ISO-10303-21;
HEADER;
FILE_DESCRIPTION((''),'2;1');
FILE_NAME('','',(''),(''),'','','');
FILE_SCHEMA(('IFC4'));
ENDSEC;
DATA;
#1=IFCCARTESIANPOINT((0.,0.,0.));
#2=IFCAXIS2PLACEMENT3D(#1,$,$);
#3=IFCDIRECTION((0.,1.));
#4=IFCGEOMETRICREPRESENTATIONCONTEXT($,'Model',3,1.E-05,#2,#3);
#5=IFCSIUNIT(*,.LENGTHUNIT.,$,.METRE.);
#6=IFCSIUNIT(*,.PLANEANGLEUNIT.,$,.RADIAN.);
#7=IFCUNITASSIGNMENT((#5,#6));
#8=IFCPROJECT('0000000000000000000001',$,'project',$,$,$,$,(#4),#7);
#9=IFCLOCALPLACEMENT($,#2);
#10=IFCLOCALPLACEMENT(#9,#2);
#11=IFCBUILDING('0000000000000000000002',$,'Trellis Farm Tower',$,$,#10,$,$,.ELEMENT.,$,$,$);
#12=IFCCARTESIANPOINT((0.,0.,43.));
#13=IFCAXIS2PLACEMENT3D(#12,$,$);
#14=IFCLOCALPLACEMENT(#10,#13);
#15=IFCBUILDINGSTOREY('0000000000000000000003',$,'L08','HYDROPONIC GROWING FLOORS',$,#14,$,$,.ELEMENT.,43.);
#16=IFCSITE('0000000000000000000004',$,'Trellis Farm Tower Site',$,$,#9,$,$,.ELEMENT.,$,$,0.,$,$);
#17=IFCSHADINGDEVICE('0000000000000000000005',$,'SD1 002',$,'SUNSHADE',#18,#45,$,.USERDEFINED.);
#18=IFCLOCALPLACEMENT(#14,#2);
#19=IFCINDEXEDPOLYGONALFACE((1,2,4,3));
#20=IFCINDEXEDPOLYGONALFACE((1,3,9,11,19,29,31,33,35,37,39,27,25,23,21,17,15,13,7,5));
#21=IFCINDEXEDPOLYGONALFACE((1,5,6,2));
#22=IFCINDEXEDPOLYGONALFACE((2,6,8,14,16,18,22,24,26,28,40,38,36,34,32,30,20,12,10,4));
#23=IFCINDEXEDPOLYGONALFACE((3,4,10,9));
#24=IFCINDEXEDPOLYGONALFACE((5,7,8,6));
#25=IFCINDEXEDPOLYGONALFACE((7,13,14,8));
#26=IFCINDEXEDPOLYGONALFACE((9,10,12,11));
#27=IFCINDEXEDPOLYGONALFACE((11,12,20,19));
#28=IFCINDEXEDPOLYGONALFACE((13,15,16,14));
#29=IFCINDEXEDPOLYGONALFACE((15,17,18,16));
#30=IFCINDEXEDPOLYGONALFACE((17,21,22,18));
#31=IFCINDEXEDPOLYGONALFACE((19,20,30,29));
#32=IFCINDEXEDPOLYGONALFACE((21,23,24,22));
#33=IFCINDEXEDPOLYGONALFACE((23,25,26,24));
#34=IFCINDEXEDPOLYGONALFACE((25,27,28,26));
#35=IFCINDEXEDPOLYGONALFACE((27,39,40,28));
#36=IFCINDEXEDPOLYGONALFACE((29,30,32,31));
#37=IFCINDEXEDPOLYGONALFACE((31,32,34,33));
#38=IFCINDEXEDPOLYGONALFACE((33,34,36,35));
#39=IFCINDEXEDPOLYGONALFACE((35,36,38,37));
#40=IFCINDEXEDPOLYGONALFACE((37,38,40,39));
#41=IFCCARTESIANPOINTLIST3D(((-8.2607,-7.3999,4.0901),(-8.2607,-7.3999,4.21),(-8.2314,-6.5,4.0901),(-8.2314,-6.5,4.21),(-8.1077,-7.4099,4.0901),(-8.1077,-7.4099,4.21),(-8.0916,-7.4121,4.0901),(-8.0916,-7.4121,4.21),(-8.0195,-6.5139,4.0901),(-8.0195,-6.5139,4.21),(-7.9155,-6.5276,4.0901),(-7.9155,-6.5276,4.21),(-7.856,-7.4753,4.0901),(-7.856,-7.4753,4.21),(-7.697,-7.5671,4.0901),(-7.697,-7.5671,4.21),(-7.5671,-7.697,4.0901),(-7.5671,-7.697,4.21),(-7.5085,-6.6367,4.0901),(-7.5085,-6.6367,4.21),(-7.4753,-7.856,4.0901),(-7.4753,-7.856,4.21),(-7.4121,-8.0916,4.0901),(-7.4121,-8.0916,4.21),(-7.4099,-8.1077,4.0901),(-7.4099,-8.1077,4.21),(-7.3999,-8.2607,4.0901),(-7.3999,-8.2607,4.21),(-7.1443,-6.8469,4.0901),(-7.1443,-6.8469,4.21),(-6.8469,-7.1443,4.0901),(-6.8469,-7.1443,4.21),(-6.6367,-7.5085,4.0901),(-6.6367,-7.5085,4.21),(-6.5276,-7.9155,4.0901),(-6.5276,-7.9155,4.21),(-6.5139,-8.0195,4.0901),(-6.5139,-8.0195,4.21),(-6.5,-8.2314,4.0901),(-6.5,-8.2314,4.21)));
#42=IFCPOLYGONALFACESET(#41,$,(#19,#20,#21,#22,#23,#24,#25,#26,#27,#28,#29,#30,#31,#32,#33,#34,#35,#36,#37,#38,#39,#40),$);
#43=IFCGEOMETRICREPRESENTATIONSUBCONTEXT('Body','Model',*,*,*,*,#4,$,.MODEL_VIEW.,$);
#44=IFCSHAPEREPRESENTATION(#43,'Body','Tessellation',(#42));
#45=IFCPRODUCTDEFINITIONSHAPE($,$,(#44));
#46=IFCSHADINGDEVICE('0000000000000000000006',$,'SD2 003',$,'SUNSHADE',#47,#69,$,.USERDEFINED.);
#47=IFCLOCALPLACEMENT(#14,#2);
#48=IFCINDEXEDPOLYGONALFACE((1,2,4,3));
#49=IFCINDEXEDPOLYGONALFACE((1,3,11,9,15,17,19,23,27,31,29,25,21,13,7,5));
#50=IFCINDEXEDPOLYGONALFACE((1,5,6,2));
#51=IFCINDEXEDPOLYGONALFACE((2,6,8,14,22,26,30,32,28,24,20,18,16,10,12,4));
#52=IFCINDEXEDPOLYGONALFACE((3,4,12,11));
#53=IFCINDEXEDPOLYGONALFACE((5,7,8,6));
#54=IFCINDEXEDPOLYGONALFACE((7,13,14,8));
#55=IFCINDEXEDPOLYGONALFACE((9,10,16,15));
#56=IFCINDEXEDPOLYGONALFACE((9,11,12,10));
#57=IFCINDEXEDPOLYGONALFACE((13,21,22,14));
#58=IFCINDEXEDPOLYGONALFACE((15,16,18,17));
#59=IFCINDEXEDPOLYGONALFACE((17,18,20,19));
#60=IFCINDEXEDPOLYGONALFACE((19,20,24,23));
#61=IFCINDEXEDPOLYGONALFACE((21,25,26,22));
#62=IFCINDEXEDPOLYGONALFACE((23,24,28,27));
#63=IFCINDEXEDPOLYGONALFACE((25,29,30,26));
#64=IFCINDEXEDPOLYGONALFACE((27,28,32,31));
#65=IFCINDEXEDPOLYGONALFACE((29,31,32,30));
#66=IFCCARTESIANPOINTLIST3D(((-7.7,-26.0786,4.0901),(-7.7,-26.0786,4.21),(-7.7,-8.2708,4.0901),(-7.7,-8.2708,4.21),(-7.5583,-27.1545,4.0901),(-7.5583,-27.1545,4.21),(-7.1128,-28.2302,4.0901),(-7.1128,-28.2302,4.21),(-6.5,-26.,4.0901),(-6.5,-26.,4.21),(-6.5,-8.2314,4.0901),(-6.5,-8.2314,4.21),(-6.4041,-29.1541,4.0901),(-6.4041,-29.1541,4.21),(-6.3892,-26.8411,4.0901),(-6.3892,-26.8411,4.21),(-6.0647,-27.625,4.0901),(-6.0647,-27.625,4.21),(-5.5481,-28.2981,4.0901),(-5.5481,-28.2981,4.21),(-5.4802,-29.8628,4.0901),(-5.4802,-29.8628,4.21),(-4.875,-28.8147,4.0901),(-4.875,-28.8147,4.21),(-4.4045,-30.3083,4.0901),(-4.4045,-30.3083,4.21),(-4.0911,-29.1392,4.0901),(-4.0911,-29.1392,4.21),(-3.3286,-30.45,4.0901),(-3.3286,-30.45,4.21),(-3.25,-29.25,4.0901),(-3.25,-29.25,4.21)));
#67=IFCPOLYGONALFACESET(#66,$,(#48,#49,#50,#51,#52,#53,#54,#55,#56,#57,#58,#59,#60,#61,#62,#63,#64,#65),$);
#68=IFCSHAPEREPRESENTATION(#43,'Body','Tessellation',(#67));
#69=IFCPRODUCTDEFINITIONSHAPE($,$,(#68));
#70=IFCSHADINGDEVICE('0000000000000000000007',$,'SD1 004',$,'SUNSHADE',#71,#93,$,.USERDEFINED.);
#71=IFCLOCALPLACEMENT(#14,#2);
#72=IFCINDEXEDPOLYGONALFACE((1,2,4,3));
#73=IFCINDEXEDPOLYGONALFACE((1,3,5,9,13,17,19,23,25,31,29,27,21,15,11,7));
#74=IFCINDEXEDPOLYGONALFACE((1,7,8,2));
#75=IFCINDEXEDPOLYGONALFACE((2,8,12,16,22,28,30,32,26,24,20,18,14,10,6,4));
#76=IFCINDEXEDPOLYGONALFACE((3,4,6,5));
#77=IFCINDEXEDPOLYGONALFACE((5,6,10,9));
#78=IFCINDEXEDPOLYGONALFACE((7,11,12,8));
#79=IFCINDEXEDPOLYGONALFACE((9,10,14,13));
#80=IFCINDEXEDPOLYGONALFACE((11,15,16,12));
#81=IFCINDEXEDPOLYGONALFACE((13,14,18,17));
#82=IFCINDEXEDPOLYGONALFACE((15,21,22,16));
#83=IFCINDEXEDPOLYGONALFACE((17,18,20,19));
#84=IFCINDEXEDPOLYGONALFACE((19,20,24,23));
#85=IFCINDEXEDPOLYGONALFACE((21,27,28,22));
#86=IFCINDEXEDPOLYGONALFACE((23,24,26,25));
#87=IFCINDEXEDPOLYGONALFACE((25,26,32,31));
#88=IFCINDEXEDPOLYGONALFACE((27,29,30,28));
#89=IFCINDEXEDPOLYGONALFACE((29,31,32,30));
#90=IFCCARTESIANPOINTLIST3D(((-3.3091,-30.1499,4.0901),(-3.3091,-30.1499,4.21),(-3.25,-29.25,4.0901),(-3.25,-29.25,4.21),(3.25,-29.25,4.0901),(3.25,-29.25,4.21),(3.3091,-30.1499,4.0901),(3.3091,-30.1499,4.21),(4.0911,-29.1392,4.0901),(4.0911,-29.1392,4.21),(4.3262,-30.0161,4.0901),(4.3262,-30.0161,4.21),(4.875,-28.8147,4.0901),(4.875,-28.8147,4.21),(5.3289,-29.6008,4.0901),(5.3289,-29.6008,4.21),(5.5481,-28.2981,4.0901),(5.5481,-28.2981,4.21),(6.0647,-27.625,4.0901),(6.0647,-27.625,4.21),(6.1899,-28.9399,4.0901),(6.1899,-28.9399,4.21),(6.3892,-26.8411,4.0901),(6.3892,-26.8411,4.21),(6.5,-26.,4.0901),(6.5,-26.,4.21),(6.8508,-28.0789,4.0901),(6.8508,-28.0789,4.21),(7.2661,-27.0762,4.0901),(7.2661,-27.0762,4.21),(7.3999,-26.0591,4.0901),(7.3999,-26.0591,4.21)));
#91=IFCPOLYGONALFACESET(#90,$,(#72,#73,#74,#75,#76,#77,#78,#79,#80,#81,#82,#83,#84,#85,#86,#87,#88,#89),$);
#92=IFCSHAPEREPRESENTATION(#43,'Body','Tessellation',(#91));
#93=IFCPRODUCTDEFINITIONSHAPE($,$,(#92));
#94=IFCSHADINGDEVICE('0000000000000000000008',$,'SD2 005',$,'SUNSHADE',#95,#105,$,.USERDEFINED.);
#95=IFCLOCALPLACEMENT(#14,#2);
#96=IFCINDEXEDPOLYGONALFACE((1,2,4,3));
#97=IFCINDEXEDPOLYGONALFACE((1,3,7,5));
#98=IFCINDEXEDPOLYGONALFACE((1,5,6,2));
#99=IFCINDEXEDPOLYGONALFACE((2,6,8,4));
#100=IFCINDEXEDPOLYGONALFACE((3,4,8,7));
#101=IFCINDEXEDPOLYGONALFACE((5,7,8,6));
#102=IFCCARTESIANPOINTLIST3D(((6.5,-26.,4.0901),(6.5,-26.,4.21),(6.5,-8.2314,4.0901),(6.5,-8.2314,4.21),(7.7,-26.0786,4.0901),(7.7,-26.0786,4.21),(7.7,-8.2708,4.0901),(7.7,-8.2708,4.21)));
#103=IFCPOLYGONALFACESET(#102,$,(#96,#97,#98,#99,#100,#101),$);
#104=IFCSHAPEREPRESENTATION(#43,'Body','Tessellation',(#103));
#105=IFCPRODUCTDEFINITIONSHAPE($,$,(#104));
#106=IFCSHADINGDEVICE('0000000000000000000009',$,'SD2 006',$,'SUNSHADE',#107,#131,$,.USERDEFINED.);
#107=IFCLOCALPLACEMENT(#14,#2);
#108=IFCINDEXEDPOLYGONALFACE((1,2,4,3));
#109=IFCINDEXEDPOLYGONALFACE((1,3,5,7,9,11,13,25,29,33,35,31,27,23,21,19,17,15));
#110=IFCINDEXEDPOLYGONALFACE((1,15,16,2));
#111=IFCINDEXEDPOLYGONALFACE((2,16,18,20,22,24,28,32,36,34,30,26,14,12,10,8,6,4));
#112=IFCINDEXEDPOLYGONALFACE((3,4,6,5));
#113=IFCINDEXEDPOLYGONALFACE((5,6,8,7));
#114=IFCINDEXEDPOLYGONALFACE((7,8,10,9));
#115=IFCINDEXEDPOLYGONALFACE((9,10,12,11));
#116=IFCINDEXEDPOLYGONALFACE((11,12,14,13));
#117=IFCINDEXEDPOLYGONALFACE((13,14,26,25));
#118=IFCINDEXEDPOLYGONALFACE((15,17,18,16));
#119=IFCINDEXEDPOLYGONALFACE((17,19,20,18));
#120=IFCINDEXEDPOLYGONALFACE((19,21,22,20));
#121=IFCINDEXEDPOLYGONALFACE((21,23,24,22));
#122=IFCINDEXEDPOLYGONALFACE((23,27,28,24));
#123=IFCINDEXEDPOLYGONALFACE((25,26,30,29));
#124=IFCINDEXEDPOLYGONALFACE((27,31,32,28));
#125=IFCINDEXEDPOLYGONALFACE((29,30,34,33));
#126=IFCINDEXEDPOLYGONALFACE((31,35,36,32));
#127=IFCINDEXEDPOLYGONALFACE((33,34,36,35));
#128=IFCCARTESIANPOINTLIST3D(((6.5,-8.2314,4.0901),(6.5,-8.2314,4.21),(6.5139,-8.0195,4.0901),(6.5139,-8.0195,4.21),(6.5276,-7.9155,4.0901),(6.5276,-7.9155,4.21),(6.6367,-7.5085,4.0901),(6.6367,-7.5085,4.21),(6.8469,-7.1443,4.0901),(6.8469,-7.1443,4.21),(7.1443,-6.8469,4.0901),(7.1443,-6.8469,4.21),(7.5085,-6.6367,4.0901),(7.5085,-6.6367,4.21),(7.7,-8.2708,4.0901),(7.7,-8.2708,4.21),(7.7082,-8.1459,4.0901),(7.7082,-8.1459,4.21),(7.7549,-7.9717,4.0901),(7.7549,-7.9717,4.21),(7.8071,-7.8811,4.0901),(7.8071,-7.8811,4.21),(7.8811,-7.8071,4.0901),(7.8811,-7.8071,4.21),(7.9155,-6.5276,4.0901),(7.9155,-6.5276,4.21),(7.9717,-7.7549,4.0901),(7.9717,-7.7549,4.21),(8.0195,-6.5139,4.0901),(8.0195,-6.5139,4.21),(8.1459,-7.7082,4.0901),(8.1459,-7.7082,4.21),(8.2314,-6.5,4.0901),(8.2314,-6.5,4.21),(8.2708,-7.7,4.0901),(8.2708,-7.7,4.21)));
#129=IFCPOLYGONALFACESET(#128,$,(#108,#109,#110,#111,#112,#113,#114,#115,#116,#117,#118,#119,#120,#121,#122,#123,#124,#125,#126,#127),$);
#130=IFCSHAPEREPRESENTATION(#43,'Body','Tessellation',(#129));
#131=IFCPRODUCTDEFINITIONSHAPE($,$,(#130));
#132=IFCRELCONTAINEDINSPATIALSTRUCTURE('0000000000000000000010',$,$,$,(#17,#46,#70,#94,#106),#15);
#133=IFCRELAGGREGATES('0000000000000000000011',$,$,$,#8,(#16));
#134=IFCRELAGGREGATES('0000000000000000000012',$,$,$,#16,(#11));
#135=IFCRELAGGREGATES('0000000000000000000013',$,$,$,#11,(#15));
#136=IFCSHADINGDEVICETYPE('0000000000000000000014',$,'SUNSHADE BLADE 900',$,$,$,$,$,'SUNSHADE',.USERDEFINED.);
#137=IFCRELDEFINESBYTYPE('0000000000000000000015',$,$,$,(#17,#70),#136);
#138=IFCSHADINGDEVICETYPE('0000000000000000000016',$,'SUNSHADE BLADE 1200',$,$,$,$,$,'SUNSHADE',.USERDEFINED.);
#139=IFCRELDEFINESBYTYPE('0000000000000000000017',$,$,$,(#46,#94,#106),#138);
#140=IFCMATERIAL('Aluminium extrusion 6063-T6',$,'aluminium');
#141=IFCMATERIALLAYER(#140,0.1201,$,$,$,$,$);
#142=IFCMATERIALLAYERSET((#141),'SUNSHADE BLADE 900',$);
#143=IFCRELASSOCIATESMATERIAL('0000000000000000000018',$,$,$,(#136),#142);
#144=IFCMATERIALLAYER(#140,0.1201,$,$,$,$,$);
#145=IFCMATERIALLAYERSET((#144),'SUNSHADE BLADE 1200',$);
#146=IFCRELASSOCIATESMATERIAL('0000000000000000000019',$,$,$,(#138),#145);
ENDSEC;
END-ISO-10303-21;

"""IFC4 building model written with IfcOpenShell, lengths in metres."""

from ifc_helpers import new_model, si_unit, direction, frame, origin, place, context, subcontext, project, spatial, polyline, outline, extrude, source, transform, mapped, material, layer, layer_set, type_object, element, save


model = new_model("IFC4")

# Units and contexts
model_context = context("Model", 3, precision=1e-05, world=origin(), true_north=direction((0.0, 1.0)))
body_context = subcontext(model_context, "Body", "Model", "MODEL_VIEW")
ifc_project = project(units=[si_unit("LENGTHUNIT", "METRE"), si_unit("PLANEANGLEUNIT", "RADIAN")], contexts=[model_context])

# Site, building, storey
site_placement = place(None, origin())
site = spatial("IfcSite", under=ifc_project, at=site_placement, Name="Trellis Farm Tower Site", CompositionType="ELEMENT", RefElevation=0.0)
building_placement = place(site_placement, origin())
building = spatial("IfcBuilding", under=site, at=building_placement, Name="Trellis Farm Tower", CompositionType="ELEMENT")
storey_placement = place(building_placement, frame((0.0, 0.0, 43.0)))
storey = spatial("IfcBuildingStorey", under=building, at=storey_placement, Name="L08", Description="HYDROPONIC GROWING FLOORS", CompositionType="ELEMENT", Elevation=43.0)

# Shared definitions
ifc_material_1 = material(Name="Aluminium extrusion 6063-T6", Category="aluminium")

# Shading devices
ifc_layer_1 = layer(ifc_material_1, 0.1201)
ifc_layer_set_1 = layer_set([ifc_layer_1], Name="SUNSHADE BLADE 900")
shading_device_type_1 = type_object("IfcShadingDeviceType", Name="SUNSHADE BLADE 900", ElementType="SUNSHADE", PredefinedType="USERDEFINED", material=ifc_layer_set_1)
placement_1 = place(storey_placement, frame((0.0, 0.0, 4.0901)))
shared_shape_1 = source(origin(), body_context, "Body", "SweptSolid", [
    extrude(outline(polyline([(-8.2607, -7.3999), (-8.1077, -7.4099), (-8.0916, -7.4121), (-7.856, -7.4753), (-7.697, -7.5671), (-7.5671, -7.697), (-7.4753, -7.856), (-7.4121, -8.0916), (-7.4099, -8.1077), (-7.3999, -8.2607), (-6.5, -8.2314), (-6.5139, -8.0195), (-6.5276, -7.9155), (-6.6367, -7.5085), (-6.8469, -7.1443), (-7.1443, -6.8469), (-7.5085, -6.6367), (-7.9155, -6.5276), (-8.0195, -6.5139), (-8.2314, -6.5), (-8.2607, -7.3999)])), origin(), (0.0, 0.0, 1.0), 0.1199),
])
element("IfcShadingDevice", 1, at=placement_1, inside=storey, type_object=shading_device_type_1, Name="SD1 002", ObjectType="SUNSHADE", PredefinedType="USERDEFINED", context=body_context, shape_type="MappedRepresentation", body=[
    mapped(shared_shape_1, transform((0.0, 0.0, 0.0))),
])
ifc_layer_2 = layer(ifc_material_1, 0.1201)
ifc_layer_set_2 = layer_set([ifc_layer_2], Name="SUNSHADE BLADE 1200")
shading_device_type_2 = type_object("IfcShadingDeviceType", Name="SUNSHADE BLADE 1200", ElementType="SUNSHADE", PredefinedType="USERDEFINED", material=ifc_layer_set_2)
shared_shape_2 = source(origin(), body_context, "Body", "SweptSolid", [
    extrude(outline(polyline([(-7.7, -8.2708), (-7.7, -26.0786), (-7.5583, -27.1545), (-7.1128, -28.2302), (-6.4041, -29.1541), (-5.4802, -29.8628), (-4.4045, -30.3083), (-3.3286, -30.45), (-3.25, -29.25), (-4.0911, -29.1392), (-4.875, -28.8147), (-5.5481, -28.2981), (-6.0647, -27.625), (-6.3892, -26.8411), (-6.5, -26.0), (-6.5, -8.2314), (-7.7, -8.2708)])), origin(), (0.0, 0.0, 1.0), 0.1199),
])
element("IfcShadingDevice", 2, at=placement_1, inside=storey, type_object=shading_device_type_2, Name="SD2 003", ObjectType="SUNSHADE", PredefinedType="USERDEFINED", context=body_context, shape_type="MappedRepresentation", body=[
    mapped(shared_shape_2, transform((0.0, 0.0, 0.0))),
])
shared_shape_3 = source(origin(), body_context, "Body", "SweptSolid", [
    extrude(outline(polyline([(-3.3091, -30.1499), (3.3091, -30.1499), (4.3262, -30.0161), (5.3289, -29.6008), (6.1899, -28.9399), (6.8508, -28.0789), (7.2661, -27.0762), (7.3999, -26.0591), (6.5, -26.0), (6.3892, -26.8411), (6.0647, -27.625), (5.5481, -28.2981), (4.875, -28.8147), (4.0911, -29.1392), (3.25, -29.25), (-3.25, -29.25), (-3.3091, -30.1499)])), origin(), (0.0, 0.0, 1.0), 0.1199),
])
element("IfcShadingDevice", 3, at=placement_1, inside=storey, type_object=shading_device_type_1, Name="SD1 004", ObjectType="SUNSHADE", PredefinedType="USERDEFINED", context=body_context, shape_type="MappedRepresentation", body=[
    mapped(shared_shape_3, transform((0.0, 0.0, 0.0))),
])
shared_shape_4 = source(origin(), body_context, "Body", "SweptSolid", [
    extrude(outline(polyline([(7.7, -26.0786), (7.7, -8.2708), (6.5, -8.2314), (6.5, -26.0), (7.7, -26.0786)])), origin(), (0.0, 0.0, 1.0), 0.1199),
])
element("IfcShadingDevice", 4, at=placement_1, inside=storey, type_object=shading_device_type_2, Name="SD2 005", ObjectType="SUNSHADE", PredefinedType="USERDEFINED", context=body_context, shape_type="MappedRepresentation", body=[
    mapped(shared_shape_4, transform((0.0, 0.0, 0.0))),
])
shared_shape_5 = source(origin(), body_context, "Body", "SweptSolid", [
    extrude(outline(polyline([(7.7, -8.2708), (7.7087, -8.1372), (7.707, -8.1501), (7.7549, -7.9717), (7.8071, -7.8811), (7.8811, -7.8071), (7.9717, -7.7549), (8.1501, -7.707), (8.1372, -7.7087), (8.2708, -7.7), (8.2314, -6.5), (8.0195, -6.5139), (7.9155, -6.5276), (7.5085, -6.6367), (7.1443, -6.8469), (6.8469, -7.1443), (6.6367, -7.5085), (6.5276, -7.9155), (6.5139, -8.0195), (6.5, -8.2314), (7.7, -8.2708)])), origin(), (0.0, 0.0, 1.0), 0.1199),
])
element("IfcShadingDevice", 5, at=placement_1, inside=storey, type_object=shading_device_type_2, Name="SD2 006", ObjectType="SUNSHADE", PredefinedType="USERDEFINED", context=body_context, shape_type="MappedRepresentation", body=[
    mapped(shared_shape_5, transform((0.0, 0.0, 0.0))),
])

save(model, "model.ifc")
